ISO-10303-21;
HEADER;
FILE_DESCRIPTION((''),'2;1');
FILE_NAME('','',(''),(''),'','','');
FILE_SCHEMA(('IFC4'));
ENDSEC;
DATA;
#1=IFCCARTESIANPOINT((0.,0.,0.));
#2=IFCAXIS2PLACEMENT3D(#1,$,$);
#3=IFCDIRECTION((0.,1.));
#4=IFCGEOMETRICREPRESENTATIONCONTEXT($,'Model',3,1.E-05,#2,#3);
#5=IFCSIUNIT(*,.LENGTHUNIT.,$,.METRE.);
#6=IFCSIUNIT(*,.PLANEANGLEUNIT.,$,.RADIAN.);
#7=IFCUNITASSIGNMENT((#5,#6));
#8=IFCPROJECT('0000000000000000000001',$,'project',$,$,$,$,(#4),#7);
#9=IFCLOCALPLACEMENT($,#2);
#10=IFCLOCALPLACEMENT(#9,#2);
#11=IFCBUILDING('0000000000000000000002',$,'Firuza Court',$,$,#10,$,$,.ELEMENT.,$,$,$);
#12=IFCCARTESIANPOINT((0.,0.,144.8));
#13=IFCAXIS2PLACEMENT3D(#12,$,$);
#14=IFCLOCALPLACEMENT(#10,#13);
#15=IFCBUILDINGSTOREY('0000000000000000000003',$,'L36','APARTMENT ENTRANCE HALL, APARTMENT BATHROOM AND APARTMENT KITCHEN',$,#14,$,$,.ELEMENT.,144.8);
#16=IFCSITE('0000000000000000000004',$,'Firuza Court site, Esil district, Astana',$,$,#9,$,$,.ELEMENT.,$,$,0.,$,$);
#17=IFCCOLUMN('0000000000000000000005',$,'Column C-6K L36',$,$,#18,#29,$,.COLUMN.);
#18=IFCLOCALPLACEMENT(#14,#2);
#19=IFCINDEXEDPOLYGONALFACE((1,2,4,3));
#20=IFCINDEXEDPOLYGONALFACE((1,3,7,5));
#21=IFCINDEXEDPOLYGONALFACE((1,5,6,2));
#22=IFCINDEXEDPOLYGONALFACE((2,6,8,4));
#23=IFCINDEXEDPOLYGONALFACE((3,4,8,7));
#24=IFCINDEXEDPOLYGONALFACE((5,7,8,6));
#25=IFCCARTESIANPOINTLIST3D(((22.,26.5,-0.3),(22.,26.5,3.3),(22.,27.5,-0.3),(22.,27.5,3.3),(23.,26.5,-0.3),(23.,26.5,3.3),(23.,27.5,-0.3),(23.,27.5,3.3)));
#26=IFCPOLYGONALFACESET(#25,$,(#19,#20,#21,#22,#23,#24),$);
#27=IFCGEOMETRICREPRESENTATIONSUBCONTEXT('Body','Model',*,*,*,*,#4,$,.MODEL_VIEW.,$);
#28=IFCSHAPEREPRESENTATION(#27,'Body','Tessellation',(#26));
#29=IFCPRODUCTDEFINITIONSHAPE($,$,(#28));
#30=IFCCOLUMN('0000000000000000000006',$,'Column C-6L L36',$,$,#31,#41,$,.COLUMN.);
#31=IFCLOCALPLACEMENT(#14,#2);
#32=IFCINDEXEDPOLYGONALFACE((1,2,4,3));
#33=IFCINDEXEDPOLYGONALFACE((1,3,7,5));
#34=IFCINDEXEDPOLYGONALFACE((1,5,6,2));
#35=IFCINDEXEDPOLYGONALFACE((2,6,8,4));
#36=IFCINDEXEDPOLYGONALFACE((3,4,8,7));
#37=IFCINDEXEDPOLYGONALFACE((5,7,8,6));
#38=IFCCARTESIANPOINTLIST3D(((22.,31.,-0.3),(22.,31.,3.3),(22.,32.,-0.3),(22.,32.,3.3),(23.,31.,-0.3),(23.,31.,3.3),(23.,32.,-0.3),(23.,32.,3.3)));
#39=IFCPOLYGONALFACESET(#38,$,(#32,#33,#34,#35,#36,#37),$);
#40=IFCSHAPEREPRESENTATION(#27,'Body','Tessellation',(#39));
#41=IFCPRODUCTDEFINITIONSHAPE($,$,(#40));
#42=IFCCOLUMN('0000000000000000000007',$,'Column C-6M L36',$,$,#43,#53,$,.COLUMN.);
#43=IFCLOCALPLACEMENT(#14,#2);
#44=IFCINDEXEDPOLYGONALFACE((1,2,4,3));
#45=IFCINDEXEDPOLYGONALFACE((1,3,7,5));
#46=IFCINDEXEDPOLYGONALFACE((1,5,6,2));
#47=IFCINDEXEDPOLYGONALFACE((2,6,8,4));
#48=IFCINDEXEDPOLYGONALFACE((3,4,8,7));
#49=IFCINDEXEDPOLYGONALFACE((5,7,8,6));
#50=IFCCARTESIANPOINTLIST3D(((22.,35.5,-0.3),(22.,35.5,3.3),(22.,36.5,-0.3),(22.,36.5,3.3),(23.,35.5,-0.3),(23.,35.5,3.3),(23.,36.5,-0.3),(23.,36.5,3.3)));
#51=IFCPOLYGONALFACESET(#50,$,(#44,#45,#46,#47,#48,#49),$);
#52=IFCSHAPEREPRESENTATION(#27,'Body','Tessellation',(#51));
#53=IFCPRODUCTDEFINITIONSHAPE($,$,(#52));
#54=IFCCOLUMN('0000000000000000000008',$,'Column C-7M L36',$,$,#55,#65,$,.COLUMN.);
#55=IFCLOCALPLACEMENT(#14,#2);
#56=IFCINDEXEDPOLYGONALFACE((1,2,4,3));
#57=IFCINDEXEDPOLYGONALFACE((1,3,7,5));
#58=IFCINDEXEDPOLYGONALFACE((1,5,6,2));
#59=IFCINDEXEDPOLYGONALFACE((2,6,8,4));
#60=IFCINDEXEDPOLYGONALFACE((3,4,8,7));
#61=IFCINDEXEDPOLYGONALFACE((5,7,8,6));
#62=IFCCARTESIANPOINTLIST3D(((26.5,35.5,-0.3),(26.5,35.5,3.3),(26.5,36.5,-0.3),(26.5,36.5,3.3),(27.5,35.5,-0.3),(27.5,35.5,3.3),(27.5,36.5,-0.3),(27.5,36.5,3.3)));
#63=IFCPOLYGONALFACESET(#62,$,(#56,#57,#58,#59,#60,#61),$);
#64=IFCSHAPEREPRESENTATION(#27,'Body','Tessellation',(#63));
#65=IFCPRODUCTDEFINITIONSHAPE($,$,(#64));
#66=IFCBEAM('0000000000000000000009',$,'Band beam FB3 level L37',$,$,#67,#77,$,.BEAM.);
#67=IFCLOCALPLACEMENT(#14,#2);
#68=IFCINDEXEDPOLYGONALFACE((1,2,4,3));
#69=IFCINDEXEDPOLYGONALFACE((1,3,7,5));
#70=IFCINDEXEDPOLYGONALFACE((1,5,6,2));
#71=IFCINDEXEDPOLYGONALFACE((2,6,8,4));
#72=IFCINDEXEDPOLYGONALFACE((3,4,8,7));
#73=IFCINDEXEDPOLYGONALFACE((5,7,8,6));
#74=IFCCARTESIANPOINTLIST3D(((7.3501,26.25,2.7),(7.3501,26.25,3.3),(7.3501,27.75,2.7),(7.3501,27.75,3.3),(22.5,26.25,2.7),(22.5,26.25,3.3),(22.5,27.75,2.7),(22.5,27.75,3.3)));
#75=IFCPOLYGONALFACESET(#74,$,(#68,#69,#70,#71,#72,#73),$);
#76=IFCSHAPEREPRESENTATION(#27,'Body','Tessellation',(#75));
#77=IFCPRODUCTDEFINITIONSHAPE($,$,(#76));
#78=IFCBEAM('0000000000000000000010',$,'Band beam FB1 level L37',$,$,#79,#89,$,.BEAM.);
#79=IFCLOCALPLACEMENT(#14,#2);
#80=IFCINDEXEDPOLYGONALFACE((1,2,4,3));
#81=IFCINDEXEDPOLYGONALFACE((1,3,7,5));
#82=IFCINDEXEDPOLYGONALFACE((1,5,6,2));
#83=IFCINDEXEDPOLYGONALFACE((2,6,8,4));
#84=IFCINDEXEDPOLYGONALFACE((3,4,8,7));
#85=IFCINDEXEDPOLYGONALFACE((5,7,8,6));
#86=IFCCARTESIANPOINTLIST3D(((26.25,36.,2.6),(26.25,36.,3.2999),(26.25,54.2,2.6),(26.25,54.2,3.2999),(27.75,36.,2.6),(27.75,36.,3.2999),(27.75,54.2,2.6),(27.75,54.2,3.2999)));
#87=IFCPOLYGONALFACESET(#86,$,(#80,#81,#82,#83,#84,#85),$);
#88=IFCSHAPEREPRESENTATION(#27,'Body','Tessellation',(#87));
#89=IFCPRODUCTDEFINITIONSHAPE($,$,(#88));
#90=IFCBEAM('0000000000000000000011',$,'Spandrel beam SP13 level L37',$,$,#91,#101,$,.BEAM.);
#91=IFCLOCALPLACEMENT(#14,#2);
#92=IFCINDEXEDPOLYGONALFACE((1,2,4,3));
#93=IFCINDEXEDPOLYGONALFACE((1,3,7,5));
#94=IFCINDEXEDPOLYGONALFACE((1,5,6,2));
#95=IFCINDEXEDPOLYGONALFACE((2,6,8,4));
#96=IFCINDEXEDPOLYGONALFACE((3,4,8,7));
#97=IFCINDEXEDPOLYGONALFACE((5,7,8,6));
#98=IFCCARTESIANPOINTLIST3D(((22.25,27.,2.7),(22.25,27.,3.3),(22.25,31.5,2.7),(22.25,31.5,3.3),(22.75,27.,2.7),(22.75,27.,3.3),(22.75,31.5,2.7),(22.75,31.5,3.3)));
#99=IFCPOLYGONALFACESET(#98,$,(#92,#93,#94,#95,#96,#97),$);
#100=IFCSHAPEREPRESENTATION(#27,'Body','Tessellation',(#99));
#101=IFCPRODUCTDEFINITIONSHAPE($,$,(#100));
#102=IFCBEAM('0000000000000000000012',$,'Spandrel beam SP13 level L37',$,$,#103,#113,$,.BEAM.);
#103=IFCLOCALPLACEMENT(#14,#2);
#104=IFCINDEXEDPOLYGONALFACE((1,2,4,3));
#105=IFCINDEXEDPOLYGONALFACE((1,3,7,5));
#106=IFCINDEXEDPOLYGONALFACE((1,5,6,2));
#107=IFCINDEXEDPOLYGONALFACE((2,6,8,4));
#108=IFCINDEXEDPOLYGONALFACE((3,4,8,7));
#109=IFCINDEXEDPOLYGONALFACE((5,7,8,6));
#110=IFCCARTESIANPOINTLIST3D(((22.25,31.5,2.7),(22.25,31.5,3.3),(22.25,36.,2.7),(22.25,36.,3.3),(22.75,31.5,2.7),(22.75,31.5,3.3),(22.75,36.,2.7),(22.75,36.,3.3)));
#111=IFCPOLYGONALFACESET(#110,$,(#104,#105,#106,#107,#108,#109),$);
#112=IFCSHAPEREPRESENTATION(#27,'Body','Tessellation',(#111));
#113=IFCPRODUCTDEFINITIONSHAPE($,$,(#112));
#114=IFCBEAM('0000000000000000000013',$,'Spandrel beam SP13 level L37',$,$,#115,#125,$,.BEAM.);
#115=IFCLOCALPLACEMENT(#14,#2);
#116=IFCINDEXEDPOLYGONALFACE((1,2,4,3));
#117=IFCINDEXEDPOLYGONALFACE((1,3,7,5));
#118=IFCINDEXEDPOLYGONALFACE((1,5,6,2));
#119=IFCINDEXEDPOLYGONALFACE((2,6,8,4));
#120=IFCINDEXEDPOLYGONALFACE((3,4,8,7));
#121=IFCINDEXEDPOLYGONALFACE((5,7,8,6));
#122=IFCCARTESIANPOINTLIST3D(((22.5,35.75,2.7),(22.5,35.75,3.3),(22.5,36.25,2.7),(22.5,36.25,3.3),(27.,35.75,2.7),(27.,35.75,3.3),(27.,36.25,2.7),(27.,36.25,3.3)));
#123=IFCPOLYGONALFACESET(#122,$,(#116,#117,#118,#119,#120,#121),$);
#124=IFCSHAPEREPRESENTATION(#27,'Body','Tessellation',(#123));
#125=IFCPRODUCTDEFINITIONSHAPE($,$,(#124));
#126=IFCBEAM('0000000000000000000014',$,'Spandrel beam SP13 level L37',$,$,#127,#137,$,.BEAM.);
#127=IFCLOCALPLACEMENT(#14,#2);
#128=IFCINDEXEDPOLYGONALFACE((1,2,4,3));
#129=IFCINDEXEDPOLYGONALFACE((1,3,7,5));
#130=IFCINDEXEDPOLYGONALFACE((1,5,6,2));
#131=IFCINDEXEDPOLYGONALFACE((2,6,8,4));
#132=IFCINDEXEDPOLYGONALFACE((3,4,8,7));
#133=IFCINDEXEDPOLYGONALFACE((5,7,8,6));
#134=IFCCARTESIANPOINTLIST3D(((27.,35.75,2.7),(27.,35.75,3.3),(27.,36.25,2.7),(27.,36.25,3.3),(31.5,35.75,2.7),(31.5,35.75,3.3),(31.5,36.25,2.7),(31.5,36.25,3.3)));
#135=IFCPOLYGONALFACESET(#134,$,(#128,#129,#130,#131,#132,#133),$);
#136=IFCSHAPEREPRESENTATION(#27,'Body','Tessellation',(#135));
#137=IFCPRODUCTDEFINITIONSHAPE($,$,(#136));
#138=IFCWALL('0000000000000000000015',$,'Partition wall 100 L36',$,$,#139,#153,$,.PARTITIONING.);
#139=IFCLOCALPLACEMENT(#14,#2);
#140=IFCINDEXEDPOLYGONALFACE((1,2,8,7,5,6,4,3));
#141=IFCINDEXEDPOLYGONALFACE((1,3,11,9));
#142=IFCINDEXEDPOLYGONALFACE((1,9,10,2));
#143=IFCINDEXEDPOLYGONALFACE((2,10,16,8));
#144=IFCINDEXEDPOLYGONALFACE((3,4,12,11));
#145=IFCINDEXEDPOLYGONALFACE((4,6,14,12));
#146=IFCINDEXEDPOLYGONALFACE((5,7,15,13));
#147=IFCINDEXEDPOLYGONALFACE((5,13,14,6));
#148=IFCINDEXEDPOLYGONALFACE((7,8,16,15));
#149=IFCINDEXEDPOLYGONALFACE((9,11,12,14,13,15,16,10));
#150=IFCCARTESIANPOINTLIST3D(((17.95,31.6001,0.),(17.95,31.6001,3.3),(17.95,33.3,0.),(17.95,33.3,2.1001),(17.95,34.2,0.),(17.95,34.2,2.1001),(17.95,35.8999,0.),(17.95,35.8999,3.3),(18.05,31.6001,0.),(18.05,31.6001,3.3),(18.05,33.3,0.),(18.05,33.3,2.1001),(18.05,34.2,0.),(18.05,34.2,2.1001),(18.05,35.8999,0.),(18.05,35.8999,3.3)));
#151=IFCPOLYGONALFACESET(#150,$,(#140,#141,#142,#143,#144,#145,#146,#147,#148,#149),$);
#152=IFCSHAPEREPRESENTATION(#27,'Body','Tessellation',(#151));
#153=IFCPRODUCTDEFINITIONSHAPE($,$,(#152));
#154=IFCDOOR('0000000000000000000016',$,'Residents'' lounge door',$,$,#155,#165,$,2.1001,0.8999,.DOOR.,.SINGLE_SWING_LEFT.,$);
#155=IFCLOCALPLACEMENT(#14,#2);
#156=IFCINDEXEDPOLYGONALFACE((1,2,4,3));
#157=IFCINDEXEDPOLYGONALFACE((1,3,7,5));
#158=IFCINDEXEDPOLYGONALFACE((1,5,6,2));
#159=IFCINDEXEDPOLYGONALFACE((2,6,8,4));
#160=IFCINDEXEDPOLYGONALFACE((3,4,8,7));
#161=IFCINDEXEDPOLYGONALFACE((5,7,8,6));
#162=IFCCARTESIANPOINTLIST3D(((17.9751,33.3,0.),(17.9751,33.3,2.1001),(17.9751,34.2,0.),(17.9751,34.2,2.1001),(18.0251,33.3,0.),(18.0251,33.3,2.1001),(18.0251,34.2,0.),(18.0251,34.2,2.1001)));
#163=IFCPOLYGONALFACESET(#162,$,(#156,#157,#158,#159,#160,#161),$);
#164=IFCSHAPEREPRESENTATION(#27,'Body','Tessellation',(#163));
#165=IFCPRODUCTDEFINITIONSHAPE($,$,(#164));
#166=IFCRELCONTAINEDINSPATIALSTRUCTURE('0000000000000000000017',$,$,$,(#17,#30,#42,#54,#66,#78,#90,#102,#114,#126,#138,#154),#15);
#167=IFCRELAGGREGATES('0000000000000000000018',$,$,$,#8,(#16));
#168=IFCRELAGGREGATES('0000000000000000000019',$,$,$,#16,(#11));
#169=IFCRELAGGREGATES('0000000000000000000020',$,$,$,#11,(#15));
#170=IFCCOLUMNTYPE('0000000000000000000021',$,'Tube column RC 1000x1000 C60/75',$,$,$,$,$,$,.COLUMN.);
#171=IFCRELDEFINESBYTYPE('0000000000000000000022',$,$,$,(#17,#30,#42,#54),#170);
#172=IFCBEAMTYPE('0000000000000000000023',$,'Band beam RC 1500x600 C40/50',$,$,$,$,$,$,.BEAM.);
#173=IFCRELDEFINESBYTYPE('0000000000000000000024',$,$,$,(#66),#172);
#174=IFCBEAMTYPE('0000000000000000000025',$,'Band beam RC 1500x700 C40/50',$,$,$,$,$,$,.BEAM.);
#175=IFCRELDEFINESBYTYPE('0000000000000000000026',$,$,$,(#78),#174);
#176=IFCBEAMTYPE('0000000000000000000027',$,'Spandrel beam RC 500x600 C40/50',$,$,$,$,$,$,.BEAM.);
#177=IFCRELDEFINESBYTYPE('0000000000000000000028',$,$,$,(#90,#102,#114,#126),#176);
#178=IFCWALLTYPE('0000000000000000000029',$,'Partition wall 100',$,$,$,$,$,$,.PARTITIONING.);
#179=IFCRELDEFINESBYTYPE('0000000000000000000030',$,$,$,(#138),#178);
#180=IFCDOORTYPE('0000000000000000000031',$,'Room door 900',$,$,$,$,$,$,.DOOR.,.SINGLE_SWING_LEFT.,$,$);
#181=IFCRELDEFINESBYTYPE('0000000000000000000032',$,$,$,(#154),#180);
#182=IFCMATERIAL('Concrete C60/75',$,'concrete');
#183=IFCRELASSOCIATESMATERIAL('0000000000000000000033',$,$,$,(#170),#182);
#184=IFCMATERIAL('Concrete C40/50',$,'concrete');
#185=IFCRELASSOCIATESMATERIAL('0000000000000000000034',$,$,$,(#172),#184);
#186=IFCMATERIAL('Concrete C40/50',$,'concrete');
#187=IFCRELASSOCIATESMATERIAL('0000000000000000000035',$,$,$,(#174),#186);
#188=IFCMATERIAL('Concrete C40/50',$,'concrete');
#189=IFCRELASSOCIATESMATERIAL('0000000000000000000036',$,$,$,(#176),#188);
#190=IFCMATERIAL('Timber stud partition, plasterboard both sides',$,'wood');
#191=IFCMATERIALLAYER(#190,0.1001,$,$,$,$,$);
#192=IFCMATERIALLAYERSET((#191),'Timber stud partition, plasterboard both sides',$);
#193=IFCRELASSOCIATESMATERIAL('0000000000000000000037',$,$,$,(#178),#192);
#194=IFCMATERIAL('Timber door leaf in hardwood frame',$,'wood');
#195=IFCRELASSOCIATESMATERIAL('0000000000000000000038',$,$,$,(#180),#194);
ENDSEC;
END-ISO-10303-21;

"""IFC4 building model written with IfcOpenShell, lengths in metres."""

from ifc_helpers import new_model, si_unit, direction, frame, frame_2d, origin, origin_2d, place, context, subcontext, project, spatial, rectangle, extrude, material, layer, layer_set, material_profile, profile_set, type_object, element, fill, save


model = new_model("IFC4")

# Units and contexts
model_context = context("Model", 3, precision=1e-05, world=origin(), true_north=direction((0.0, 1.0)))
body_context = subcontext(model_context, "Body", "Model", "MODEL_VIEW")
ifc_project = project(units=[si_unit("LENGTHUNIT", "METRE"), si_unit("PLANEANGLEUNIT", "RADIAN")], contexts=[model_context])

# Site, building, storey
site_placement = place(None, origin())
site = spatial("IfcSite", under=ifc_project, at=site_placement, Name="Firuza Court site, Esil district, Astana", CompositionType="ELEMENT", RefElevation=0.0)
building_placement = place(site_placement, origin())
building = spatial("IfcBuilding", under=site, at=building_placement, Name="Firuza Court", CompositionType="ELEMENT")
storey_placement = place(building_placement, frame((0.0, 0.0, 144.8)))
storey = spatial("IfcBuildingStorey", under=building, at=storey_placement, Name="L36", Description="APARTMENT ENTRANCE HALL, APARTMENT BATHROOM AND APARTMENT KITCHEN", CompositionType="ELEMENT", Elevation=144.8)

# Columns
ifc_material_1 = material(Name="Concrete C60/75", Category="concrete")
ifc_material_profile_1 = material_profile(ifc_material_1, rectangle(XDim=1.0, YDim=1.0, at=origin_2d()), Name="RC 1000x1000")
ifc_profile_set_1 = profile_set([ifc_material_profile_1], Name="Concrete C60/75")
column_type = type_object("IfcColumnType", Name="Tube column RC 1000x1000 C60/75", PredefinedType="COLUMN", material=ifc_profile_set_1)
for number, where, z_axis, x_axis, name in (
    (1, (22.5, 27.0, -0.3), (0.0, 0.0, 1.0), (1.0, 0.0, 0.0), "Column C-6K L36"),
    (2, (22.5, 31.5, -0.3), (0.0, 0.0, 1.0), (1.0, 0.0, 0.0), "Column C-6L L36"),
    (3, (22.5, 36.0, -0.3), (0.0, 0.0, 1.0), (1.0, 0.0, 0.0), "Column C-6M L36"),
    (4, (27.0, 36.0, -0.3), (0.0, 0.0, 1.0), (1.0, 0.0, 0.0), "Column C-7M L36"),
):
    element("IfcColumn", number, at=place(storey_placement, frame(where, z_axis=z_axis, x_axis=x_axis)), inside=storey, type_object=column_type, Name=name, PredefinedType="COLUMN", context=body_context, shape_type="SweptSolid", body=[
        extrude(rectangle(XDim=1.0, YDim=1.0, at=origin_2d()), origin(), (0.0, 0.0, 1.0), 3.6001),
    ])

# Beams
ifc_material_2 = material(Name="Concrete C40/50", Category="concrete")
ifc_material_profile_2 = material_profile(ifc_material_2, rectangle(XDim=1.5, YDim=0.6001, at=origin_2d()), Name="RC 1500x600")
ifc_profile_set_2 = profile_set([ifc_material_profile_2], Name="Concrete C40/50")
beam_type_1 = type_object("IfcBeamType", Name="Band beam RC 1500x600 C40/50", PredefinedType="BEAM", material=ifc_profile_set_2)
beam_1_placement = place(storey_placement, frame((22.5, 27.0, 3.0), z_axis=(-1.0, 0.0, 0.0), x_axis=(0.0, -1.0, 0.0)))
element("IfcBeam", 5, at=beam_1_placement, inside=storey, type_object=beam_type_1, Name="Band beam FB3 level L37", PredefinedType="BEAM", context=body_context, shape_type="SweptSolid", body=[
    extrude(rectangle(XDim=1.5, YDim=0.6001, at=origin_2d()), origin(), (0.0, 0.0, 1.0), 15.1499),
])
ifc_material_3 = material(Name="Concrete C40/50", Category="concrete")
ifc_material_profile_3 = material_profile(ifc_material_3, rectangle(XDim=1.5, YDim=0.7, at=origin_2d()), Name="RC 1500x700")
ifc_profile_set_3 = profile_set([ifc_material_profile_3], Name="Concrete C40/50")
beam_type_2 = type_object("IfcBeamType", Name="Band beam RC 1500x700 C40/50", PredefinedType="BEAM", material=ifc_profile_set_3)
beam_2_placement = place(storey_placement, frame((27.0, 36.0, 2.95), z_axis=(0.0, 1.0, 0.0), x_axis=(-1.0, 0.0, 0.0)))
element("IfcBeam", 6, at=beam_2_placement, inside=storey, type_object=beam_type_2, Name="Band beam FB1 level L37", PredefinedType="BEAM", context=body_context, shape_type="SweptSolid", body=[
    extrude(rectangle(XDim=1.5, YDim=0.7, at=origin_2d()), origin(), (0.0, 0.0, 1.0), 18.2),
])
ifc_material_4 = material(Name="Concrete C40/50", Category="concrete")
ifc_material_profile_4 = material_profile(ifc_material_4, rectangle(XDim=0.5, YDim=0.6001, at=origin_2d()), Name="RC 500x600")
ifc_profile_set_4 = profile_set([ifc_material_profile_4], Name="Concrete C40/50")
beam_type_3 = type_object("IfcBeamType", Name="Spandrel beam RC 500x600 C40/50", PredefinedType="BEAM", material=ifc_profile_set_4)
for number, where, z_axis, x_axis, name in (
    (7, (22.5, 27.0, 3.0), (0.0, 1.0, 0.0), (-1.0, 0.0, 0.0), "Spandrel beam SP13 level L37"),
    (8, (22.5, 31.5, 3.0), (0.0, 1.0, 0.0), (-1.0, 0.0, 0.0), "Spandrel beam SP13 level L37"),
    (9, (22.5, 36.0, 3.0), (1.0, 0.0, 0.0), (0.0, 1.0, 0.0), "Spandrel beam SP13 level L37"),
    (10, (27.0, 36.0, 3.0), (1.0, 0.0, 0.0), (0.0, 1.0, 0.0), "Spandrel beam SP13 level L37"),
):
    element("IfcBeam", number, at=place(storey_placement, frame(where, z_axis=z_axis, x_axis=x_axis)), inside=storey, type_object=beam_type_3, Name=name, PredefinedType="BEAM", context=body_context, shape_type="SweptSolid", body=[
        extrude(rectangle(XDim=0.5, YDim=0.6001, at=origin_2d()), origin(), (0.0, 0.0, 1.0), 4.5),
    ])

# Wall, opening, door
ifc_material_5 = material(Name="Timber stud partition, plasterboard both sides", Category="wood")
ifc_layer_1 = layer(ifc_material_5, 0.1001)
ifc_layer_set_1 = layer_set([ifc_layer_1], Name="Timber stud partition, plasterboard both sides")
wall_type_1 = type_object("IfcWallType", Name="Partition wall 100", PredefinedType="PARTITIONING", material=ifc_layer_set_1)
wall_1_placement = place(storey_placement, frame((18.0, 31.6001, 0.0), z_axis=(0.0, 0.0, 1.0), x_axis=(0.0, 1.0, 0.0)))
wall_1 = element("IfcWall", 11, at=wall_1_placement, inside=storey, type_object=wall_type_1, Name="Partition wall 100 L36", PredefinedType="PARTITIONING", context=body_context, shape_type="SweptSolid", body=[
    extrude(rectangle(XDim=4.2998, YDim=0.1001, at=frame_2d((2.1499, 0.0))), origin(), (0.0, 0.0, 1.0), 3.3),
])
opening_1_placement = place(wall_1_placement, frame((1.7, 0.0, 0.0)))
opening_1 = element("IfcOpeningElement", 12, at=opening_1_placement, cuts=wall_1, PredefinedType="OPENING", context=body_context, shape_type="SweptSolid", body=[
    extrude(rectangle(XDim=0.8999, YDim=2.1001, at=frame_2d((0.45, 1.05))), frame((0.0, 0.062, 0.0), z_axis=(0.0, -1.0, 0.0), x_axis=(1.0, 0.0, 0.0)), (0.0, 0.0, 1.0), 0.124),
])
ifc_material_6 = material(Name="Timber door leaf in hardwood frame", Category="wood")
door_type = type_object("IfcDoorType", Name="Room door 900", OperationType="SINGLE_SWING_LEFT", PredefinedType="DOOR", material=ifc_material_6)
door_placement = place(opening_1_placement, origin())
door = element("IfcDoor", 13, at=door_placement, inside=storey, type_object=door_type, Name="Residents' lounge door", OperationType="SINGLE_SWING_LEFT", OverallHeight=2.1001, OverallWidth=0.8999, PredefinedType="DOOR", context=body_context, shape_type="SweptSolid", body=[
    extrude(rectangle(XDim=0.8999, YDim=2.1001, at=frame_2d((0.45, 1.05))), frame((0.0, 0.0249, 0.0), z_axis=(0.0, -1.0, 0.0), x_axis=(1.0, 0.0, 0.0)), (0.0, 0.0, 1.0), 0.05),
])
fill(opening_1, door)

save(model, "model.ifc")
